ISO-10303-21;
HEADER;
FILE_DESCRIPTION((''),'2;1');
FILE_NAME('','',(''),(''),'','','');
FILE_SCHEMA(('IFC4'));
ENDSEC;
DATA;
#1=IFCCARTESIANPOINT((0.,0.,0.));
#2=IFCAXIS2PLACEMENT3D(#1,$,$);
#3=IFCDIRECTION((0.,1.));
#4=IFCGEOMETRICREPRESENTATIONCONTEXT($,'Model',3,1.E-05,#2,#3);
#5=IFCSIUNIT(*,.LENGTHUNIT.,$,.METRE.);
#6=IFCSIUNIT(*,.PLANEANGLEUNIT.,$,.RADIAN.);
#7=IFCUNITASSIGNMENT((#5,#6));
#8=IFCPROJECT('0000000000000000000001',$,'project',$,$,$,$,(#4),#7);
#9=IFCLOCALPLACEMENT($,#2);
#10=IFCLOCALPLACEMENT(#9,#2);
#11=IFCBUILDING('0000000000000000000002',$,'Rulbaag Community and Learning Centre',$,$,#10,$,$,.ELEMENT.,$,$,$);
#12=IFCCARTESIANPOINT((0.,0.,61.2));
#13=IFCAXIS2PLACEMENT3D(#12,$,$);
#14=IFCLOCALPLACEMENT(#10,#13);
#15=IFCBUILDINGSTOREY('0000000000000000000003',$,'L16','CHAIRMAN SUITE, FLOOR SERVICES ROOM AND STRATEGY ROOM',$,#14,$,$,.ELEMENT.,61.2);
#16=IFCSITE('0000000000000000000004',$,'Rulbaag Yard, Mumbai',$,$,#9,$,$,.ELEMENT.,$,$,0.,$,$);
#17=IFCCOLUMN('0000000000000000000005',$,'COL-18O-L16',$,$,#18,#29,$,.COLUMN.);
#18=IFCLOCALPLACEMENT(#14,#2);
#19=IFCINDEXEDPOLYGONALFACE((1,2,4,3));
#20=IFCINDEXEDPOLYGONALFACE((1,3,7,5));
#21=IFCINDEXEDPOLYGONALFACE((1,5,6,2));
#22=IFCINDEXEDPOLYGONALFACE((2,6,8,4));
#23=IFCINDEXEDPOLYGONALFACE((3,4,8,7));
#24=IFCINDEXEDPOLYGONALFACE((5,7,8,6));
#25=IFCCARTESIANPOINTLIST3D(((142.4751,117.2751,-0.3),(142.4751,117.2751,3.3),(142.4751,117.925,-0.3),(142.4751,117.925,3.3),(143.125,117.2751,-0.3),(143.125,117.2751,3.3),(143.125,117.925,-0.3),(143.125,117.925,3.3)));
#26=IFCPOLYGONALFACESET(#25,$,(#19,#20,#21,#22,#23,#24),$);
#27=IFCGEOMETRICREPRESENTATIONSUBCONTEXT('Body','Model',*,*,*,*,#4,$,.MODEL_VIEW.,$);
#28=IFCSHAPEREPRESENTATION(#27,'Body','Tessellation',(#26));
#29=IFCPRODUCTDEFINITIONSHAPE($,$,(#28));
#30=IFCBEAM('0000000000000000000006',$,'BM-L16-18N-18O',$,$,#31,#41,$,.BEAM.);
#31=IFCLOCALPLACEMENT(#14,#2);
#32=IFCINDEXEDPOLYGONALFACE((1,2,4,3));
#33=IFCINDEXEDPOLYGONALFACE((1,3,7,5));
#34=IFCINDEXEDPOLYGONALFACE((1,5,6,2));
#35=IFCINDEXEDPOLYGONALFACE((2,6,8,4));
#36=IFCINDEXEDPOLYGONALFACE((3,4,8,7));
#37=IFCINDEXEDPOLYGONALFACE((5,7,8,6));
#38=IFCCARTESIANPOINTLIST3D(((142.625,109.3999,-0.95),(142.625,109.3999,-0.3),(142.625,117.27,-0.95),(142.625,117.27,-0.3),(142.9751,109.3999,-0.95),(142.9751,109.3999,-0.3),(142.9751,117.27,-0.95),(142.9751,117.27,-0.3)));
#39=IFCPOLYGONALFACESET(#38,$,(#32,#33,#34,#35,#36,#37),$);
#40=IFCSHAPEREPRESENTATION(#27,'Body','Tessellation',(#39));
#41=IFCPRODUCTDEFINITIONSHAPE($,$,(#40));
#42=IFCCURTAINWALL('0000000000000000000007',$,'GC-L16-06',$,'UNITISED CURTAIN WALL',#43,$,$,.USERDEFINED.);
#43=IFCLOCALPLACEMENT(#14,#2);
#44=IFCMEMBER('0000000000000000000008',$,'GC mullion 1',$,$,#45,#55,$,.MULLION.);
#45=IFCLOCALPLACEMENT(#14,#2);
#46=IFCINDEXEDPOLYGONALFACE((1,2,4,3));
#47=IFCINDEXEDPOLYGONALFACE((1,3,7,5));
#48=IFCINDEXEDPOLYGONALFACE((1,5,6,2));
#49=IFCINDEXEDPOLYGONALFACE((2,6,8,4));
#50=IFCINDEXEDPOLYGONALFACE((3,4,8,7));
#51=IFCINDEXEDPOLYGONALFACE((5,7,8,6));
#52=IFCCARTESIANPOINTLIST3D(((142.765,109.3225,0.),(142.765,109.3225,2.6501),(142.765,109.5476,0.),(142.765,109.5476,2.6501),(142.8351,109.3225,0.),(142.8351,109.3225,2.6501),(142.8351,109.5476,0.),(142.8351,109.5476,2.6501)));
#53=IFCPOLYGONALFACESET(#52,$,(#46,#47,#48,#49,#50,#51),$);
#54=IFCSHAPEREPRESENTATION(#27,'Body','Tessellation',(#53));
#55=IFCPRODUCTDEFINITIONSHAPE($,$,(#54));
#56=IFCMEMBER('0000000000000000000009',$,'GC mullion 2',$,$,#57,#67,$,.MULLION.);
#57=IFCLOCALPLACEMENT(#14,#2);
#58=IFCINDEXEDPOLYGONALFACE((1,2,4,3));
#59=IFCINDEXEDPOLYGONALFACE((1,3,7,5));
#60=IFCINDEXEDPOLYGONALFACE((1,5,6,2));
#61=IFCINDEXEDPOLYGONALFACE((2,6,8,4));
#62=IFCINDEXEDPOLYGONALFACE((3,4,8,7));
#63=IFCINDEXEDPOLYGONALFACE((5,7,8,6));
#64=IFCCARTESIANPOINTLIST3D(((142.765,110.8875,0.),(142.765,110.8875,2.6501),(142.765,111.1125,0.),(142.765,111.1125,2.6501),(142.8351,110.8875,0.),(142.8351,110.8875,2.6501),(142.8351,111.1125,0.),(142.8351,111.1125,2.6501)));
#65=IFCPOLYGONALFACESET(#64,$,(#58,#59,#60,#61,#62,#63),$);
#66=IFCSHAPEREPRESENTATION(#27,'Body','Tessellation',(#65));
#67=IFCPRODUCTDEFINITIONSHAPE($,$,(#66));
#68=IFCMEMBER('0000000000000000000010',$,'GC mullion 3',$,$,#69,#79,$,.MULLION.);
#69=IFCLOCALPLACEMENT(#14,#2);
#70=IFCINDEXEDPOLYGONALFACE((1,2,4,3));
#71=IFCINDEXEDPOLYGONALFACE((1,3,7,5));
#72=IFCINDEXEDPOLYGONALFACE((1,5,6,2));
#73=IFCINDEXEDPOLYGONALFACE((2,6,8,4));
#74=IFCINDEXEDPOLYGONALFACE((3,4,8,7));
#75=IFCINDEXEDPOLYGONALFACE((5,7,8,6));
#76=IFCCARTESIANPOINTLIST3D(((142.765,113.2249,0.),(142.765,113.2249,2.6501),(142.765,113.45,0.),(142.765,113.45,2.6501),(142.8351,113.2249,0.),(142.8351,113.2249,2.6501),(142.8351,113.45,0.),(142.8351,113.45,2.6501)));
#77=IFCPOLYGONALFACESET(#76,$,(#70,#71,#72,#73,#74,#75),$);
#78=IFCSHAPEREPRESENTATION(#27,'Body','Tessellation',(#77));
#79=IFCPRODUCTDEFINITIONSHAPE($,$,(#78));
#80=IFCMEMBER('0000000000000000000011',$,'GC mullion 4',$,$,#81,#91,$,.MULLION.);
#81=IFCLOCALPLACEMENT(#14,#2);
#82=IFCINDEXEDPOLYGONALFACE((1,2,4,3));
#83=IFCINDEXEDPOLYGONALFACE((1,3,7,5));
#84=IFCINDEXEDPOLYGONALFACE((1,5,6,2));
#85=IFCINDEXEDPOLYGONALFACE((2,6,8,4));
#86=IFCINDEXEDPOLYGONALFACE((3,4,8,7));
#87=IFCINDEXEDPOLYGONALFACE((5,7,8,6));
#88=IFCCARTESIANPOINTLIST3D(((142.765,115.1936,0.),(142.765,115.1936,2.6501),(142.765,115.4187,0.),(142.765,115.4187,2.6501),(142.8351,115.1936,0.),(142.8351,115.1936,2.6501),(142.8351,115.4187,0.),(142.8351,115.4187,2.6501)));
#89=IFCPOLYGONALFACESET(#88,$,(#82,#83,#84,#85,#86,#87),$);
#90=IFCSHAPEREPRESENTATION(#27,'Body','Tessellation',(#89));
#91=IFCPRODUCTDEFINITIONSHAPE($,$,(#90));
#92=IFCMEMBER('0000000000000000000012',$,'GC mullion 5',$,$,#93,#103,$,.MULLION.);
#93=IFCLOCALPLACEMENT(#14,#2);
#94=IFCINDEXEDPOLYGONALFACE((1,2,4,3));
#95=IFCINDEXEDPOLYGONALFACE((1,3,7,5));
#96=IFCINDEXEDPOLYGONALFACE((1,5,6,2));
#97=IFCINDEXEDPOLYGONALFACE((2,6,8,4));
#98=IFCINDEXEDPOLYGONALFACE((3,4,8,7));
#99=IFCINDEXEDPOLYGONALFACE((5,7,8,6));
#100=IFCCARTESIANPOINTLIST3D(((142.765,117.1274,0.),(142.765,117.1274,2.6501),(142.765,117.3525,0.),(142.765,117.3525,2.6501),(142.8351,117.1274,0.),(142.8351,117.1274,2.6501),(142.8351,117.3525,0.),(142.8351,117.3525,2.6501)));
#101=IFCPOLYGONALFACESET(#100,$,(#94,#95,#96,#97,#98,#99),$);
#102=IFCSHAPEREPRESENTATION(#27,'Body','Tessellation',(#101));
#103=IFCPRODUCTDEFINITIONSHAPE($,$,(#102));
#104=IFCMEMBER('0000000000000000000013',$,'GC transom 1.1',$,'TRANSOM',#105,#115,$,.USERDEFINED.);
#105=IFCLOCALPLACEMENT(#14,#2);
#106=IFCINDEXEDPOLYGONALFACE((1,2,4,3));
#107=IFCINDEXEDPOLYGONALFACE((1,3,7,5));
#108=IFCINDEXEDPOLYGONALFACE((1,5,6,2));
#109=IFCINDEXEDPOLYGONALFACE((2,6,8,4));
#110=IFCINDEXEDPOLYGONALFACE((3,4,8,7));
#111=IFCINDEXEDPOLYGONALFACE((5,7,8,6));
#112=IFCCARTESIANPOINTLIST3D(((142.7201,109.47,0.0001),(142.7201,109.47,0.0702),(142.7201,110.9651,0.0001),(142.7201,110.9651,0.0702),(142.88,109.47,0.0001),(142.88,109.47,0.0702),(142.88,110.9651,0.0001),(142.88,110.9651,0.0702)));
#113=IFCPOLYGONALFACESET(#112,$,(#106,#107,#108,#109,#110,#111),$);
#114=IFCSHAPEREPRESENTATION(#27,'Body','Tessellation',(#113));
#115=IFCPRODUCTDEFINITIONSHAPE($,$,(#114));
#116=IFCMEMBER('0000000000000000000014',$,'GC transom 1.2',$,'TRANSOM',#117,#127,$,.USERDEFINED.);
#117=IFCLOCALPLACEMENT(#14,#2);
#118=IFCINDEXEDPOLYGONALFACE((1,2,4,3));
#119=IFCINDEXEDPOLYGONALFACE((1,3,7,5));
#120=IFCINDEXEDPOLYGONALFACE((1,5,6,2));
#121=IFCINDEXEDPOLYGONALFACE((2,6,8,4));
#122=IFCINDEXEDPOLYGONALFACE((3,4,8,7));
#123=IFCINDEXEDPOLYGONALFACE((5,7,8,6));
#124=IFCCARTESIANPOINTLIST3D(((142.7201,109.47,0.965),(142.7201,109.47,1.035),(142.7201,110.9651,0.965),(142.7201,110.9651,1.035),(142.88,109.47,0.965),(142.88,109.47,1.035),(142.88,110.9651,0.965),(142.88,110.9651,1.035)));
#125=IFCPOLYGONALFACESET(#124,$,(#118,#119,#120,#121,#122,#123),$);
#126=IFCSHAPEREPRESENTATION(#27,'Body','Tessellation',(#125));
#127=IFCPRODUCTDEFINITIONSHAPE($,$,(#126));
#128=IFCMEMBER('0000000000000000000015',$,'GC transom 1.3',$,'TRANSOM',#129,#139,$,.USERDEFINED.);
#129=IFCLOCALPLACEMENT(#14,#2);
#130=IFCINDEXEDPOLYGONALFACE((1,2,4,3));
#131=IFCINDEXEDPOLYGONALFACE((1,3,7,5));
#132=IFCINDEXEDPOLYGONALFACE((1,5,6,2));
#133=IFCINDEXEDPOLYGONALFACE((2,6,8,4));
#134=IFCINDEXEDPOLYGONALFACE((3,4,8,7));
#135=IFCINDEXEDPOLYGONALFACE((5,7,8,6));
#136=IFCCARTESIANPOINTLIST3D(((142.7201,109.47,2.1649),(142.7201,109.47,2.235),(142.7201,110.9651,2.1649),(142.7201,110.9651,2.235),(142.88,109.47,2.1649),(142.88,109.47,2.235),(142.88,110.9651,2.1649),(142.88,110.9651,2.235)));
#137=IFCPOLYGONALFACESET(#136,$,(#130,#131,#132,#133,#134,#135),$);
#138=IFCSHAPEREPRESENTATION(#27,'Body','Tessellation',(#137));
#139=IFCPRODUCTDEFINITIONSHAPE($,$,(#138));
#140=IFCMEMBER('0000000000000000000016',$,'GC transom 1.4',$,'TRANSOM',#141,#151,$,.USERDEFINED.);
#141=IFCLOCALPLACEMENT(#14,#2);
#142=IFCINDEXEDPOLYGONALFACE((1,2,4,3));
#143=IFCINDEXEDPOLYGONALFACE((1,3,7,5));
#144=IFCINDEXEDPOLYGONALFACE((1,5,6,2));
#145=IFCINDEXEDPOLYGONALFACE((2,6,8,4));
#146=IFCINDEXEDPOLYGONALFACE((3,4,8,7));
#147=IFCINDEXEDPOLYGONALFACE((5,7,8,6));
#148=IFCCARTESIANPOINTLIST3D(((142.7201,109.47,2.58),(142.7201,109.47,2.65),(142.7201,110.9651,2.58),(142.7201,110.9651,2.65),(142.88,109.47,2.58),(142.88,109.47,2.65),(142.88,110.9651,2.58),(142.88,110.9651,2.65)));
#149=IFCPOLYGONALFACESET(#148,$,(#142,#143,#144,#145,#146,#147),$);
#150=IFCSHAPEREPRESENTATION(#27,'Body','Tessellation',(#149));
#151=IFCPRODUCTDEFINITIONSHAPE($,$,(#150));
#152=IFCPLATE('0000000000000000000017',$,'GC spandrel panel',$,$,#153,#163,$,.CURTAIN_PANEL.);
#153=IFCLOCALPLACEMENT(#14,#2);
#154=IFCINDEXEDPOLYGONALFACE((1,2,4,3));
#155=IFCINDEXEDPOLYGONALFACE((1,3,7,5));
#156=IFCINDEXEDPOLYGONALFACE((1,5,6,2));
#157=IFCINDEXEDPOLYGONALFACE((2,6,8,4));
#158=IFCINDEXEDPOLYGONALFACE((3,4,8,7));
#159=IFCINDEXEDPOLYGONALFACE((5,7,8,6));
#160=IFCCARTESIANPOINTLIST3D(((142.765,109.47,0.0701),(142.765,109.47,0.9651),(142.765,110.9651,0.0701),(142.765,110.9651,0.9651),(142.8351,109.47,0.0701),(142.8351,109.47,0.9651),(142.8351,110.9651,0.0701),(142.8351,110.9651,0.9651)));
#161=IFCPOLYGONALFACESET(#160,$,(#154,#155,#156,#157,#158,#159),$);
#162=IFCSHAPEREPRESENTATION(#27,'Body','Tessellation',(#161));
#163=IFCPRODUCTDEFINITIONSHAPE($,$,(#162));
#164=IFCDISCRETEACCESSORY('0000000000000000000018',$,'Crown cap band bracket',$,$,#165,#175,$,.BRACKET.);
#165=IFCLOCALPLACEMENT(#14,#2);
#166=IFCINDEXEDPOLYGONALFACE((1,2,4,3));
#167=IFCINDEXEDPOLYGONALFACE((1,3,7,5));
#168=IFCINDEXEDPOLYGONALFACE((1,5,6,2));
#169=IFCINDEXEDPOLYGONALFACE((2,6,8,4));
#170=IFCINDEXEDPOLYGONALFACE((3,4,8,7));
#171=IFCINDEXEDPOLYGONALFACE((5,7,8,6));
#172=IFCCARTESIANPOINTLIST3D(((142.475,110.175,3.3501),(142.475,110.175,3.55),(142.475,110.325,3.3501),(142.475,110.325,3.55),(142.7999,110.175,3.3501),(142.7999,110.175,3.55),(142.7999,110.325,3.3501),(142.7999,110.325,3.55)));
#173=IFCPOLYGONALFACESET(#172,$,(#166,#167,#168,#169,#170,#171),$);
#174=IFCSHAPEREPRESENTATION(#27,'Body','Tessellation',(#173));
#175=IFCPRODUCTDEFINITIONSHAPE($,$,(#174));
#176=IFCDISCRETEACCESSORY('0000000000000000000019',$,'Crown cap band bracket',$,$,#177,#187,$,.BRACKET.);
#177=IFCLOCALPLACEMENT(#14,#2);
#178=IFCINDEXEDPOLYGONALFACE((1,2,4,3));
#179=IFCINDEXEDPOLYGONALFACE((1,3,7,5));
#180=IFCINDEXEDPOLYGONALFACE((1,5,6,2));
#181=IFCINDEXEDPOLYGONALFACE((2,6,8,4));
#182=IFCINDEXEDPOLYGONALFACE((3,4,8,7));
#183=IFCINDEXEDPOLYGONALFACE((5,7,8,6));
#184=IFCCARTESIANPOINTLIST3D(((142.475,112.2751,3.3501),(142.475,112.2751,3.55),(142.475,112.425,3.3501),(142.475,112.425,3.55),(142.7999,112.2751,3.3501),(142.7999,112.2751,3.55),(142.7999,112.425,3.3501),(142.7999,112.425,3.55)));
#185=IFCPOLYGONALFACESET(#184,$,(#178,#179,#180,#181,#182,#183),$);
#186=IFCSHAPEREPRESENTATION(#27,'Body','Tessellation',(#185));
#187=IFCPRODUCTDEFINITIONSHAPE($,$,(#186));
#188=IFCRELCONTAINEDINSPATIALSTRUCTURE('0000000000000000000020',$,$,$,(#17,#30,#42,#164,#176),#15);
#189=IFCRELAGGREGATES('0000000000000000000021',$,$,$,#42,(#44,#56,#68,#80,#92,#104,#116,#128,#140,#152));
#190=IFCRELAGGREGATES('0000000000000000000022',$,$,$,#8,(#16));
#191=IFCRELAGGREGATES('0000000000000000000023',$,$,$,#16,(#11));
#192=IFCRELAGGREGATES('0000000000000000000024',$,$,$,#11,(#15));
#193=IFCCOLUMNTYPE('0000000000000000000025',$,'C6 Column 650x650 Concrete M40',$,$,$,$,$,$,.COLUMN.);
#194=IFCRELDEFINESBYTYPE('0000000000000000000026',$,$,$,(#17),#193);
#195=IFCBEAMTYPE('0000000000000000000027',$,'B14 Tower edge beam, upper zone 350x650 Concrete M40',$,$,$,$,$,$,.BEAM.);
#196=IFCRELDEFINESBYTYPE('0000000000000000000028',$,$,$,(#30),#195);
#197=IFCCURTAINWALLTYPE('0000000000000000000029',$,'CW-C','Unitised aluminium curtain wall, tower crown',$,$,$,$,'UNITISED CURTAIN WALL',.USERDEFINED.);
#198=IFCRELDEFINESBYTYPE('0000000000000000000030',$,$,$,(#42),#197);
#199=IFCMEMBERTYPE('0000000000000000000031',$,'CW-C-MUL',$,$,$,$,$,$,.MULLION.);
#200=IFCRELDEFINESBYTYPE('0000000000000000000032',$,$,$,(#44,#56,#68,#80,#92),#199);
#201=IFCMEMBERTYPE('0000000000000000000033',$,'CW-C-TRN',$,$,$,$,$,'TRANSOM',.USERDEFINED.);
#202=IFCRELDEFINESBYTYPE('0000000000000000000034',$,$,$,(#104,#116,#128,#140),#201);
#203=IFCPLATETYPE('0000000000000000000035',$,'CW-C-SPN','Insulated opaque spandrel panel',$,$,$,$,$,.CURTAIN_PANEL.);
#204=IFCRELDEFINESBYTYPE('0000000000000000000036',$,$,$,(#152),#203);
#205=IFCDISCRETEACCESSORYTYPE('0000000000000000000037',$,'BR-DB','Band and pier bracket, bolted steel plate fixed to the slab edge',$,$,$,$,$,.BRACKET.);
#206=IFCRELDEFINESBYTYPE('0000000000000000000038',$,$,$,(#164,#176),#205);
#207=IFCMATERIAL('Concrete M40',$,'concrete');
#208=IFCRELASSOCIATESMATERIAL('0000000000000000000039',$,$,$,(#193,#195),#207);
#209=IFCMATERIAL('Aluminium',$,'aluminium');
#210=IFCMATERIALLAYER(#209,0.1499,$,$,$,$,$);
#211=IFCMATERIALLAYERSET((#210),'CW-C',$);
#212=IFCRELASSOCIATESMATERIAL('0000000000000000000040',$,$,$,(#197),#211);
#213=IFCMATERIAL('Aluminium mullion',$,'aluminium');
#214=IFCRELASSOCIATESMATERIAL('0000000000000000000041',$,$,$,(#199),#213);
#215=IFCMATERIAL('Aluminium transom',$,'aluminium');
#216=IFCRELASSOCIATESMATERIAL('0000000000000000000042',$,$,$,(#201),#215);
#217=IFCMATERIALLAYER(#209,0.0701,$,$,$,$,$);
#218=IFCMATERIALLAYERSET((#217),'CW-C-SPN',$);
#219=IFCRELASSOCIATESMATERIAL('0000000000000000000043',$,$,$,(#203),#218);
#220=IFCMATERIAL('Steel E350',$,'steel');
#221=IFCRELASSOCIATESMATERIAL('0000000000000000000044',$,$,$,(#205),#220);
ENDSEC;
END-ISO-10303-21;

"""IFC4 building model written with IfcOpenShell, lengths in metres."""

from ifc_helpers import new_model, si_unit, direction, frame, origin, origin_2d, place, context, subcontext, project, spatial, rectangle, extrude, material, layer, layer_set, material_profile, profile_set, type_object, element, aggregate, save


model = new_model("IFC4")

# Units and contexts
model_context = context("Model", 3, precision=1e-05, world=origin(), true_north=direction((0.0, 1.0)))
body_context = subcontext(model_context, "Body", "Model", "MODEL_VIEW")
ifc_project = project(units=[si_unit("LENGTHUNIT", "METRE"), si_unit("PLANEANGLEUNIT", "RADIAN")], contexts=[model_context])

# Site, building, storey
site_placement = place(None, origin())
site = spatial("IfcSite", under=ifc_project, at=site_placement, Name="Rulbaag Yard, Mumbai", CompositionType="ELEMENT", RefElevation=0.0)
building_placement = place(site_placement, origin())
building = spatial("IfcBuilding", under=site, at=building_placement, Name="Rulbaag Community and Learning Centre", CompositionType="ELEMENT")
storey_placement = place(building_placement, frame((0.0, 0.0, 61.2)))
storey = spatial("IfcBuildingStorey", under=building, at=storey_placement, Name="L16", Description="CHAIRMAN SUITE, FLOOR SERVICES ROOM AND STRATEGY ROOM", CompositionType="ELEMENT", Elevation=61.2)

# Column
ifc_material_1 = material(Name="Concrete M40", Category="concrete")
ifc_material_profile_1 = material_profile(ifc_material_1, rectangle(XDim=0.6499, YDim=0.6499, at=origin_2d()), Name="RC650x650")
ifc_profile_set_1 = profile_set([ifc_material_profile_1], Name="Concrete M40")
column_type = type_object("IfcColumnType", Name="C6 Column 650x650 Concrete M40", PredefinedType="COLUMN", material=ifc_profile_set_1)
column_placement = place(storey_placement, frame((142.8, 117.6001, -0.3), z_axis=(0.0, 0.0, 1.0), x_axis=(1.0, 0.0, 0.0)))
element("IfcColumn", 1, at=column_placement, inside=storey, type_object=column_type, Name="COL-18O-L16", PredefinedType="COLUMN", context=body_context, shape_type="SweptSolid", body=[
    extrude(rectangle(XDim=0.6499, YDim=0.6499, at=origin_2d()), origin(), (0.0, 0.0, 1.0), 3.6001),
])

# Beam
ifc_material_profile_2 = material_profile(ifc_material_1, rectangle(XDim=0.3501, YDim=0.6499, at=origin_2d()), Name="RB350x650")
ifc_profile_set_2 = profile_set([ifc_material_profile_2], Name="Concrete M40")
beam_type = type_object("IfcBeamType", Name="B14 Tower edge beam, upper zone 350x650 Concrete M40", PredefinedType="BEAM", material=ifc_profile_set_2)
beam_placement = place(storey_placement, frame((142.8, 109.3999, -0.625), z_axis=(0.0, 1.0, 0.0), x_axis=(-1.0, 0.0, 0.0)))
element("IfcBeam", 2, at=beam_placement, inside=storey, type_object=beam_type, Name="BM-L16-18N-18O", PredefinedType="BEAM", context=body_context, shape_type="SweptSolid", body=[
    extrude(rectangle(XDim=0.3501, YDim=0.6499, at=origin_2d()), origin(), (0.0, 0.0, 1.0), 7.8701),
])

# Curtain wall, members, plate
ifc_material_2 = material(Name="Aluminium", Category="aluminium")
ifc_layer_1 = layer(ifc_material_2, 0.1499)
ifc_layer_set_1 = layer_set([ifc_layer_1], Name="CW-C")
curtain_wall_type = type_object("IfcCurtainWallType", Name="CW-C", Description="Unitised aluminium curtain wall, tower crown", ElementType="UNITISED CURTAIN WALL", PredefinedType="USERDEFINED", material=ifc_layer_set_1)
curtain_wall_placement = place(storey_placement, origin())
curtain_wall = element("IfcCurtainWall", 3, at=curtain_wall_placement, inside=storey, type_object=curtain_wall_type, Name="GC-L16-06", ObjectType="UNITISED CURTAIN WALL", PredefinedType="USERDEFINED")
ifc_material_3 = material(Name="Aluminium mullion", Category="aluminium")
ifc_material_profile_3 = material_profile(ifc_material_3, rectangle(XDim=0.0701, YDim=0.2251, at=origin_2d()), Name="AL 70x225")
ifc_profile_set_3 = profile_set([ifc_material_profile_3], Name="Aluminium mullion")
member_type_1 = type_object("IfcMemberType", Name="CW-C-MUL", PredefinedType="MULLION", material=ifc_profile_set_3)
member_1_placement = place(storey_placement, frame((142.8, 109.4351, 0.0), z_axis=(0.0, 0.0, 1.0), x_axis=(-1.0, 0.0, 0.0)))
member_1 = element("IfcMember", 4, at=member_1_placement, type_object=member_type_1, Name="GC mullion 1", PredefinedType="MULLION", context=body_context, shape_type="SweptSolid", body=[
    extrude(rectangle(XDim=0.0701, YDim=0.2251, at=origin_2d()), origin(), (0.0, 0.0, 1.0), 2.6501),
])
member_2_placement = place(storey_placement, frame((142.8, 111.0, 0.0), z_axis=(0.0, 0.0, 1.0), x_axis=(-1.0, 0.0, 0.0)))
member_2 = element("IfcMember", 5, at=member_2_placement, type_object=member_type_1, Name="GC mullion 2", PredefinedType="MULLION", context=body_context, shape_type="SweptSolid", body=[
    extrude(rectangle(XDim=0.0701, YDim=0.2251, at=origin_2d()), origin(), (0.0, 0.0, 1.0), 2.6501),
])
member_3_placement = place(storey_placement, frame((142.8, 113.3374, 0.0), z_axis=(0.0, 0.0, 1.0), x_axis=(-1.0, 0.0, 0.0)))
member_3 = element("IfcMember", 6, at=member_3_placement, type_object=member_type_1, Name="GC mullion 3", PredefinedType="MULLION", context=body_context, shape_type="SweptSolid", body=[
    extrude(rectangle(XDim=0.0701, YDim=0.2251, at=origin_2d()), origin(), (0.0, 0.0, 1.0), 2.6501),
])
member_4_placement = place(storey_placement, frame((142.8, 115.3062, 0.0), z_axis=(0.0, 0.0, 1.0), x_axis=(-1.0, 0.0, 0.0)))
member_4 = element("IfcMember", 7, at=member_4_placement, type_object=member_type_1, Name="GC mullion 4", PredefinedType="MULLION", context=body_context, shape_type="SweptSolid", body=[
    extrude(rectangle(XDim=0.0701, YDim=0.2251, at=origin_2d()), origin(), (0.0, 0.0, 1.0), 2.6501),
])
member_5_placement = place(storey_placement, frame((142.8, 117.24, 0.0), z_axis=(0.0, 0.0, 1.0), x_axis=(-1.0, 0.0, 0.0)))
member_5 = element("IfcMember", 8, at=member_5_placement, type_object=member_type_1, Name="GC mullion 5", PredefinedType="MULLION", context=body_context, shape_type="SweptSolid", body=[
    extrude(rectangle(XDim=0.0701, YDim=0.2251, at=origin_2d()), origin(), (0.0, 0.0, 1.0), 2.6501),
])
ifc_material_4 = material(Name="Aluminium transom", Category="aluminium")
ifc_material_profile_4 = material_profile(ifc_material_4, rectangle(XDim=0.1599, YDim=0.0701, at=origin_2d()), Name="AL 70x160 T")
ifc_profile_set_4 = profile_set([ifc_material_profile_4], Name="Aluminium transom")
member_type_2 = type_object("IfcMemberType", Name="CW-C-TRN", ElementType="TRANSOM", PredefinedType="USERDEFINED", material=ifc_profile_set_4)
member_6_placement = place(storey_placement, frame((142.8, 109.47, 0.0352), z_axis=(0.0, 1.0, 0.0), x_axis=(-1.0, 0.0, 0.0)))
member_6 = element("IfcMember", 9, at=member_6_placement, type_object=member_type_2, Name="GC transom 1.1", ObjectType="TRANSOM", PredefinedType="USERDEFINED", context=body_context, shape_type="SweptSolid", body=[
    extrude(rectangle(XDim=0.1599, YDim=0.0701, at=origin_2d()), origin(), (0.0, 0.0, 1.0), 1.4951),
])
member_7_placement = place(storey_placement, frame((142.8, 109.47, 1.0), z_axis=(0.0, 1.0, 0.0), x_axis=(-1.0, 0.0, 0.0)))
member_7 = element("IfcMember", 10, at=member_7_placement, type_object=member_type_2, Name="GC transom 1.2", ObjectType="TRANSOM", PredefinedType="USERDEFINED", context=body_context, shape_type="SweptSolid", body=[
    extrude(rectangle(XDim=0.1599, YDim=0.0701, at=origin_2d()), origin(), (0.0, 0.0, 1.0), 1.4951),
])
member_8_placement = place(storey_placement, frame((142.8, 109.47, 2.2), z_axis=(0.0, 1.0, 0.0), x_axis=(-1.0, 0.0, 0.0)))
member_8 = element("IfcMember", 11, at=member_8_placement, type_object=member_type_2, Name="GC transom 1.3", ObjectType="TRANSOM", PredefinedType="USERDEFINED", context=body_context, shape_type="SweptSolid", body=[
    extrude(rectangle(XDim=0.1599, YDim=0.0701, at=origin_2d()), origin(), (0.0, 0.0, 1.0), 1.4951),
])
member_9_placement = place(storey_placement, frame((142.8, 109.47, 2.615), z_axis=(0.0, 1.0, 0.0), x_axis=(-1.0, 0.0, 0.0)))
member_9 = element("IfcMember", 12, at=member_9_placement, type_object=member_type_2, Name="GC transom 1.4", ObjectType="TRANSOM", PredefinedType="USERDEFINED", context=body_context, shape_type="SweptSolid", body=[
    extrude(rectangle(XDim=0.1599, YDim=0.0701, at=origin_2d()), origin(), (0.0, 0.0, 1.0), 1.4951),
])
ifc_layer_2 = layer(ifc_material_2, 0.0701)
ifc_layer_set_2 = layer_set([ifc_layer_2], Name="CW-C-SPN")
plate_type = type_object("IfcPlateType", Name="CW-C-SPN", Description="Insulated opaque spandrel panel", PredefinedType="CURTAIN_PANEL", material=ifc_layer_set_2)
plate_placement = place(storey_placement, frame((142.8, 110.2175, 0.0701), z_axis=(0.0, 0.0, 1.0), x_axis=(0.0, 1.0, 0.0)))
plate = element("IfcPlate", 13, at=plate_placement, type_object=plate_type, Name="GC spandrel panel", PredefinedType="CURTAIN_PANEL", context=body_context, shape_type="SweptSolid", body=[
    extrude(rectangle(XDim=1.4951, YDim=0.0701, at=origin_2d()), origin(), (0.0, 0.0, 1.0), 0.895),
])
aggregate(curtain_wall, [member_1, member_2, member_3, member_4, member_5, member_6, member_7, member_8, member_9, plate])

# Discrete accessories
ifc_material_5 = material(Name="Steel E350", Category="steel")
discrete_accessory_type = type_object("IfcDiscreteAccessoryType", Name="BR-DB", Description="Band and pier bracket, bolted steel plate fixed to the slab edge", PredefinedType="BRACKET", material=ifc_material_5)
for number, where, z_axis, x_axis, name in (
    (14, (142.6375, 110.25, 3.3501), (0.0, 0.0, 1.0), (1.0, 0.0, 0.0), "Crown cap band bracket"),
    (15, (142.6375, 112.3501, 3.3501), (0.0, 0.0, 1.0), (1.0, 0.0, 0.0), "Crown cap band bracket"),
):
    element("IfcDiscreteAccessory", number, at=place(storey_placement, frame(where, z_axis=z_axis, x_axis=x_axis)), inside=storey, type_object=discrete_accessory_type, Name=name, PredefinedType="BRACKET", context=body_context, shape_type="SweptSolid", body=[
        extrude(rectangle(XDim=0.325, YDim=0.1499, at=origin_2d()), origin(), (0.0, 0.0, 1.0), 0.2),
    ])

save(model, "model.ifc")
